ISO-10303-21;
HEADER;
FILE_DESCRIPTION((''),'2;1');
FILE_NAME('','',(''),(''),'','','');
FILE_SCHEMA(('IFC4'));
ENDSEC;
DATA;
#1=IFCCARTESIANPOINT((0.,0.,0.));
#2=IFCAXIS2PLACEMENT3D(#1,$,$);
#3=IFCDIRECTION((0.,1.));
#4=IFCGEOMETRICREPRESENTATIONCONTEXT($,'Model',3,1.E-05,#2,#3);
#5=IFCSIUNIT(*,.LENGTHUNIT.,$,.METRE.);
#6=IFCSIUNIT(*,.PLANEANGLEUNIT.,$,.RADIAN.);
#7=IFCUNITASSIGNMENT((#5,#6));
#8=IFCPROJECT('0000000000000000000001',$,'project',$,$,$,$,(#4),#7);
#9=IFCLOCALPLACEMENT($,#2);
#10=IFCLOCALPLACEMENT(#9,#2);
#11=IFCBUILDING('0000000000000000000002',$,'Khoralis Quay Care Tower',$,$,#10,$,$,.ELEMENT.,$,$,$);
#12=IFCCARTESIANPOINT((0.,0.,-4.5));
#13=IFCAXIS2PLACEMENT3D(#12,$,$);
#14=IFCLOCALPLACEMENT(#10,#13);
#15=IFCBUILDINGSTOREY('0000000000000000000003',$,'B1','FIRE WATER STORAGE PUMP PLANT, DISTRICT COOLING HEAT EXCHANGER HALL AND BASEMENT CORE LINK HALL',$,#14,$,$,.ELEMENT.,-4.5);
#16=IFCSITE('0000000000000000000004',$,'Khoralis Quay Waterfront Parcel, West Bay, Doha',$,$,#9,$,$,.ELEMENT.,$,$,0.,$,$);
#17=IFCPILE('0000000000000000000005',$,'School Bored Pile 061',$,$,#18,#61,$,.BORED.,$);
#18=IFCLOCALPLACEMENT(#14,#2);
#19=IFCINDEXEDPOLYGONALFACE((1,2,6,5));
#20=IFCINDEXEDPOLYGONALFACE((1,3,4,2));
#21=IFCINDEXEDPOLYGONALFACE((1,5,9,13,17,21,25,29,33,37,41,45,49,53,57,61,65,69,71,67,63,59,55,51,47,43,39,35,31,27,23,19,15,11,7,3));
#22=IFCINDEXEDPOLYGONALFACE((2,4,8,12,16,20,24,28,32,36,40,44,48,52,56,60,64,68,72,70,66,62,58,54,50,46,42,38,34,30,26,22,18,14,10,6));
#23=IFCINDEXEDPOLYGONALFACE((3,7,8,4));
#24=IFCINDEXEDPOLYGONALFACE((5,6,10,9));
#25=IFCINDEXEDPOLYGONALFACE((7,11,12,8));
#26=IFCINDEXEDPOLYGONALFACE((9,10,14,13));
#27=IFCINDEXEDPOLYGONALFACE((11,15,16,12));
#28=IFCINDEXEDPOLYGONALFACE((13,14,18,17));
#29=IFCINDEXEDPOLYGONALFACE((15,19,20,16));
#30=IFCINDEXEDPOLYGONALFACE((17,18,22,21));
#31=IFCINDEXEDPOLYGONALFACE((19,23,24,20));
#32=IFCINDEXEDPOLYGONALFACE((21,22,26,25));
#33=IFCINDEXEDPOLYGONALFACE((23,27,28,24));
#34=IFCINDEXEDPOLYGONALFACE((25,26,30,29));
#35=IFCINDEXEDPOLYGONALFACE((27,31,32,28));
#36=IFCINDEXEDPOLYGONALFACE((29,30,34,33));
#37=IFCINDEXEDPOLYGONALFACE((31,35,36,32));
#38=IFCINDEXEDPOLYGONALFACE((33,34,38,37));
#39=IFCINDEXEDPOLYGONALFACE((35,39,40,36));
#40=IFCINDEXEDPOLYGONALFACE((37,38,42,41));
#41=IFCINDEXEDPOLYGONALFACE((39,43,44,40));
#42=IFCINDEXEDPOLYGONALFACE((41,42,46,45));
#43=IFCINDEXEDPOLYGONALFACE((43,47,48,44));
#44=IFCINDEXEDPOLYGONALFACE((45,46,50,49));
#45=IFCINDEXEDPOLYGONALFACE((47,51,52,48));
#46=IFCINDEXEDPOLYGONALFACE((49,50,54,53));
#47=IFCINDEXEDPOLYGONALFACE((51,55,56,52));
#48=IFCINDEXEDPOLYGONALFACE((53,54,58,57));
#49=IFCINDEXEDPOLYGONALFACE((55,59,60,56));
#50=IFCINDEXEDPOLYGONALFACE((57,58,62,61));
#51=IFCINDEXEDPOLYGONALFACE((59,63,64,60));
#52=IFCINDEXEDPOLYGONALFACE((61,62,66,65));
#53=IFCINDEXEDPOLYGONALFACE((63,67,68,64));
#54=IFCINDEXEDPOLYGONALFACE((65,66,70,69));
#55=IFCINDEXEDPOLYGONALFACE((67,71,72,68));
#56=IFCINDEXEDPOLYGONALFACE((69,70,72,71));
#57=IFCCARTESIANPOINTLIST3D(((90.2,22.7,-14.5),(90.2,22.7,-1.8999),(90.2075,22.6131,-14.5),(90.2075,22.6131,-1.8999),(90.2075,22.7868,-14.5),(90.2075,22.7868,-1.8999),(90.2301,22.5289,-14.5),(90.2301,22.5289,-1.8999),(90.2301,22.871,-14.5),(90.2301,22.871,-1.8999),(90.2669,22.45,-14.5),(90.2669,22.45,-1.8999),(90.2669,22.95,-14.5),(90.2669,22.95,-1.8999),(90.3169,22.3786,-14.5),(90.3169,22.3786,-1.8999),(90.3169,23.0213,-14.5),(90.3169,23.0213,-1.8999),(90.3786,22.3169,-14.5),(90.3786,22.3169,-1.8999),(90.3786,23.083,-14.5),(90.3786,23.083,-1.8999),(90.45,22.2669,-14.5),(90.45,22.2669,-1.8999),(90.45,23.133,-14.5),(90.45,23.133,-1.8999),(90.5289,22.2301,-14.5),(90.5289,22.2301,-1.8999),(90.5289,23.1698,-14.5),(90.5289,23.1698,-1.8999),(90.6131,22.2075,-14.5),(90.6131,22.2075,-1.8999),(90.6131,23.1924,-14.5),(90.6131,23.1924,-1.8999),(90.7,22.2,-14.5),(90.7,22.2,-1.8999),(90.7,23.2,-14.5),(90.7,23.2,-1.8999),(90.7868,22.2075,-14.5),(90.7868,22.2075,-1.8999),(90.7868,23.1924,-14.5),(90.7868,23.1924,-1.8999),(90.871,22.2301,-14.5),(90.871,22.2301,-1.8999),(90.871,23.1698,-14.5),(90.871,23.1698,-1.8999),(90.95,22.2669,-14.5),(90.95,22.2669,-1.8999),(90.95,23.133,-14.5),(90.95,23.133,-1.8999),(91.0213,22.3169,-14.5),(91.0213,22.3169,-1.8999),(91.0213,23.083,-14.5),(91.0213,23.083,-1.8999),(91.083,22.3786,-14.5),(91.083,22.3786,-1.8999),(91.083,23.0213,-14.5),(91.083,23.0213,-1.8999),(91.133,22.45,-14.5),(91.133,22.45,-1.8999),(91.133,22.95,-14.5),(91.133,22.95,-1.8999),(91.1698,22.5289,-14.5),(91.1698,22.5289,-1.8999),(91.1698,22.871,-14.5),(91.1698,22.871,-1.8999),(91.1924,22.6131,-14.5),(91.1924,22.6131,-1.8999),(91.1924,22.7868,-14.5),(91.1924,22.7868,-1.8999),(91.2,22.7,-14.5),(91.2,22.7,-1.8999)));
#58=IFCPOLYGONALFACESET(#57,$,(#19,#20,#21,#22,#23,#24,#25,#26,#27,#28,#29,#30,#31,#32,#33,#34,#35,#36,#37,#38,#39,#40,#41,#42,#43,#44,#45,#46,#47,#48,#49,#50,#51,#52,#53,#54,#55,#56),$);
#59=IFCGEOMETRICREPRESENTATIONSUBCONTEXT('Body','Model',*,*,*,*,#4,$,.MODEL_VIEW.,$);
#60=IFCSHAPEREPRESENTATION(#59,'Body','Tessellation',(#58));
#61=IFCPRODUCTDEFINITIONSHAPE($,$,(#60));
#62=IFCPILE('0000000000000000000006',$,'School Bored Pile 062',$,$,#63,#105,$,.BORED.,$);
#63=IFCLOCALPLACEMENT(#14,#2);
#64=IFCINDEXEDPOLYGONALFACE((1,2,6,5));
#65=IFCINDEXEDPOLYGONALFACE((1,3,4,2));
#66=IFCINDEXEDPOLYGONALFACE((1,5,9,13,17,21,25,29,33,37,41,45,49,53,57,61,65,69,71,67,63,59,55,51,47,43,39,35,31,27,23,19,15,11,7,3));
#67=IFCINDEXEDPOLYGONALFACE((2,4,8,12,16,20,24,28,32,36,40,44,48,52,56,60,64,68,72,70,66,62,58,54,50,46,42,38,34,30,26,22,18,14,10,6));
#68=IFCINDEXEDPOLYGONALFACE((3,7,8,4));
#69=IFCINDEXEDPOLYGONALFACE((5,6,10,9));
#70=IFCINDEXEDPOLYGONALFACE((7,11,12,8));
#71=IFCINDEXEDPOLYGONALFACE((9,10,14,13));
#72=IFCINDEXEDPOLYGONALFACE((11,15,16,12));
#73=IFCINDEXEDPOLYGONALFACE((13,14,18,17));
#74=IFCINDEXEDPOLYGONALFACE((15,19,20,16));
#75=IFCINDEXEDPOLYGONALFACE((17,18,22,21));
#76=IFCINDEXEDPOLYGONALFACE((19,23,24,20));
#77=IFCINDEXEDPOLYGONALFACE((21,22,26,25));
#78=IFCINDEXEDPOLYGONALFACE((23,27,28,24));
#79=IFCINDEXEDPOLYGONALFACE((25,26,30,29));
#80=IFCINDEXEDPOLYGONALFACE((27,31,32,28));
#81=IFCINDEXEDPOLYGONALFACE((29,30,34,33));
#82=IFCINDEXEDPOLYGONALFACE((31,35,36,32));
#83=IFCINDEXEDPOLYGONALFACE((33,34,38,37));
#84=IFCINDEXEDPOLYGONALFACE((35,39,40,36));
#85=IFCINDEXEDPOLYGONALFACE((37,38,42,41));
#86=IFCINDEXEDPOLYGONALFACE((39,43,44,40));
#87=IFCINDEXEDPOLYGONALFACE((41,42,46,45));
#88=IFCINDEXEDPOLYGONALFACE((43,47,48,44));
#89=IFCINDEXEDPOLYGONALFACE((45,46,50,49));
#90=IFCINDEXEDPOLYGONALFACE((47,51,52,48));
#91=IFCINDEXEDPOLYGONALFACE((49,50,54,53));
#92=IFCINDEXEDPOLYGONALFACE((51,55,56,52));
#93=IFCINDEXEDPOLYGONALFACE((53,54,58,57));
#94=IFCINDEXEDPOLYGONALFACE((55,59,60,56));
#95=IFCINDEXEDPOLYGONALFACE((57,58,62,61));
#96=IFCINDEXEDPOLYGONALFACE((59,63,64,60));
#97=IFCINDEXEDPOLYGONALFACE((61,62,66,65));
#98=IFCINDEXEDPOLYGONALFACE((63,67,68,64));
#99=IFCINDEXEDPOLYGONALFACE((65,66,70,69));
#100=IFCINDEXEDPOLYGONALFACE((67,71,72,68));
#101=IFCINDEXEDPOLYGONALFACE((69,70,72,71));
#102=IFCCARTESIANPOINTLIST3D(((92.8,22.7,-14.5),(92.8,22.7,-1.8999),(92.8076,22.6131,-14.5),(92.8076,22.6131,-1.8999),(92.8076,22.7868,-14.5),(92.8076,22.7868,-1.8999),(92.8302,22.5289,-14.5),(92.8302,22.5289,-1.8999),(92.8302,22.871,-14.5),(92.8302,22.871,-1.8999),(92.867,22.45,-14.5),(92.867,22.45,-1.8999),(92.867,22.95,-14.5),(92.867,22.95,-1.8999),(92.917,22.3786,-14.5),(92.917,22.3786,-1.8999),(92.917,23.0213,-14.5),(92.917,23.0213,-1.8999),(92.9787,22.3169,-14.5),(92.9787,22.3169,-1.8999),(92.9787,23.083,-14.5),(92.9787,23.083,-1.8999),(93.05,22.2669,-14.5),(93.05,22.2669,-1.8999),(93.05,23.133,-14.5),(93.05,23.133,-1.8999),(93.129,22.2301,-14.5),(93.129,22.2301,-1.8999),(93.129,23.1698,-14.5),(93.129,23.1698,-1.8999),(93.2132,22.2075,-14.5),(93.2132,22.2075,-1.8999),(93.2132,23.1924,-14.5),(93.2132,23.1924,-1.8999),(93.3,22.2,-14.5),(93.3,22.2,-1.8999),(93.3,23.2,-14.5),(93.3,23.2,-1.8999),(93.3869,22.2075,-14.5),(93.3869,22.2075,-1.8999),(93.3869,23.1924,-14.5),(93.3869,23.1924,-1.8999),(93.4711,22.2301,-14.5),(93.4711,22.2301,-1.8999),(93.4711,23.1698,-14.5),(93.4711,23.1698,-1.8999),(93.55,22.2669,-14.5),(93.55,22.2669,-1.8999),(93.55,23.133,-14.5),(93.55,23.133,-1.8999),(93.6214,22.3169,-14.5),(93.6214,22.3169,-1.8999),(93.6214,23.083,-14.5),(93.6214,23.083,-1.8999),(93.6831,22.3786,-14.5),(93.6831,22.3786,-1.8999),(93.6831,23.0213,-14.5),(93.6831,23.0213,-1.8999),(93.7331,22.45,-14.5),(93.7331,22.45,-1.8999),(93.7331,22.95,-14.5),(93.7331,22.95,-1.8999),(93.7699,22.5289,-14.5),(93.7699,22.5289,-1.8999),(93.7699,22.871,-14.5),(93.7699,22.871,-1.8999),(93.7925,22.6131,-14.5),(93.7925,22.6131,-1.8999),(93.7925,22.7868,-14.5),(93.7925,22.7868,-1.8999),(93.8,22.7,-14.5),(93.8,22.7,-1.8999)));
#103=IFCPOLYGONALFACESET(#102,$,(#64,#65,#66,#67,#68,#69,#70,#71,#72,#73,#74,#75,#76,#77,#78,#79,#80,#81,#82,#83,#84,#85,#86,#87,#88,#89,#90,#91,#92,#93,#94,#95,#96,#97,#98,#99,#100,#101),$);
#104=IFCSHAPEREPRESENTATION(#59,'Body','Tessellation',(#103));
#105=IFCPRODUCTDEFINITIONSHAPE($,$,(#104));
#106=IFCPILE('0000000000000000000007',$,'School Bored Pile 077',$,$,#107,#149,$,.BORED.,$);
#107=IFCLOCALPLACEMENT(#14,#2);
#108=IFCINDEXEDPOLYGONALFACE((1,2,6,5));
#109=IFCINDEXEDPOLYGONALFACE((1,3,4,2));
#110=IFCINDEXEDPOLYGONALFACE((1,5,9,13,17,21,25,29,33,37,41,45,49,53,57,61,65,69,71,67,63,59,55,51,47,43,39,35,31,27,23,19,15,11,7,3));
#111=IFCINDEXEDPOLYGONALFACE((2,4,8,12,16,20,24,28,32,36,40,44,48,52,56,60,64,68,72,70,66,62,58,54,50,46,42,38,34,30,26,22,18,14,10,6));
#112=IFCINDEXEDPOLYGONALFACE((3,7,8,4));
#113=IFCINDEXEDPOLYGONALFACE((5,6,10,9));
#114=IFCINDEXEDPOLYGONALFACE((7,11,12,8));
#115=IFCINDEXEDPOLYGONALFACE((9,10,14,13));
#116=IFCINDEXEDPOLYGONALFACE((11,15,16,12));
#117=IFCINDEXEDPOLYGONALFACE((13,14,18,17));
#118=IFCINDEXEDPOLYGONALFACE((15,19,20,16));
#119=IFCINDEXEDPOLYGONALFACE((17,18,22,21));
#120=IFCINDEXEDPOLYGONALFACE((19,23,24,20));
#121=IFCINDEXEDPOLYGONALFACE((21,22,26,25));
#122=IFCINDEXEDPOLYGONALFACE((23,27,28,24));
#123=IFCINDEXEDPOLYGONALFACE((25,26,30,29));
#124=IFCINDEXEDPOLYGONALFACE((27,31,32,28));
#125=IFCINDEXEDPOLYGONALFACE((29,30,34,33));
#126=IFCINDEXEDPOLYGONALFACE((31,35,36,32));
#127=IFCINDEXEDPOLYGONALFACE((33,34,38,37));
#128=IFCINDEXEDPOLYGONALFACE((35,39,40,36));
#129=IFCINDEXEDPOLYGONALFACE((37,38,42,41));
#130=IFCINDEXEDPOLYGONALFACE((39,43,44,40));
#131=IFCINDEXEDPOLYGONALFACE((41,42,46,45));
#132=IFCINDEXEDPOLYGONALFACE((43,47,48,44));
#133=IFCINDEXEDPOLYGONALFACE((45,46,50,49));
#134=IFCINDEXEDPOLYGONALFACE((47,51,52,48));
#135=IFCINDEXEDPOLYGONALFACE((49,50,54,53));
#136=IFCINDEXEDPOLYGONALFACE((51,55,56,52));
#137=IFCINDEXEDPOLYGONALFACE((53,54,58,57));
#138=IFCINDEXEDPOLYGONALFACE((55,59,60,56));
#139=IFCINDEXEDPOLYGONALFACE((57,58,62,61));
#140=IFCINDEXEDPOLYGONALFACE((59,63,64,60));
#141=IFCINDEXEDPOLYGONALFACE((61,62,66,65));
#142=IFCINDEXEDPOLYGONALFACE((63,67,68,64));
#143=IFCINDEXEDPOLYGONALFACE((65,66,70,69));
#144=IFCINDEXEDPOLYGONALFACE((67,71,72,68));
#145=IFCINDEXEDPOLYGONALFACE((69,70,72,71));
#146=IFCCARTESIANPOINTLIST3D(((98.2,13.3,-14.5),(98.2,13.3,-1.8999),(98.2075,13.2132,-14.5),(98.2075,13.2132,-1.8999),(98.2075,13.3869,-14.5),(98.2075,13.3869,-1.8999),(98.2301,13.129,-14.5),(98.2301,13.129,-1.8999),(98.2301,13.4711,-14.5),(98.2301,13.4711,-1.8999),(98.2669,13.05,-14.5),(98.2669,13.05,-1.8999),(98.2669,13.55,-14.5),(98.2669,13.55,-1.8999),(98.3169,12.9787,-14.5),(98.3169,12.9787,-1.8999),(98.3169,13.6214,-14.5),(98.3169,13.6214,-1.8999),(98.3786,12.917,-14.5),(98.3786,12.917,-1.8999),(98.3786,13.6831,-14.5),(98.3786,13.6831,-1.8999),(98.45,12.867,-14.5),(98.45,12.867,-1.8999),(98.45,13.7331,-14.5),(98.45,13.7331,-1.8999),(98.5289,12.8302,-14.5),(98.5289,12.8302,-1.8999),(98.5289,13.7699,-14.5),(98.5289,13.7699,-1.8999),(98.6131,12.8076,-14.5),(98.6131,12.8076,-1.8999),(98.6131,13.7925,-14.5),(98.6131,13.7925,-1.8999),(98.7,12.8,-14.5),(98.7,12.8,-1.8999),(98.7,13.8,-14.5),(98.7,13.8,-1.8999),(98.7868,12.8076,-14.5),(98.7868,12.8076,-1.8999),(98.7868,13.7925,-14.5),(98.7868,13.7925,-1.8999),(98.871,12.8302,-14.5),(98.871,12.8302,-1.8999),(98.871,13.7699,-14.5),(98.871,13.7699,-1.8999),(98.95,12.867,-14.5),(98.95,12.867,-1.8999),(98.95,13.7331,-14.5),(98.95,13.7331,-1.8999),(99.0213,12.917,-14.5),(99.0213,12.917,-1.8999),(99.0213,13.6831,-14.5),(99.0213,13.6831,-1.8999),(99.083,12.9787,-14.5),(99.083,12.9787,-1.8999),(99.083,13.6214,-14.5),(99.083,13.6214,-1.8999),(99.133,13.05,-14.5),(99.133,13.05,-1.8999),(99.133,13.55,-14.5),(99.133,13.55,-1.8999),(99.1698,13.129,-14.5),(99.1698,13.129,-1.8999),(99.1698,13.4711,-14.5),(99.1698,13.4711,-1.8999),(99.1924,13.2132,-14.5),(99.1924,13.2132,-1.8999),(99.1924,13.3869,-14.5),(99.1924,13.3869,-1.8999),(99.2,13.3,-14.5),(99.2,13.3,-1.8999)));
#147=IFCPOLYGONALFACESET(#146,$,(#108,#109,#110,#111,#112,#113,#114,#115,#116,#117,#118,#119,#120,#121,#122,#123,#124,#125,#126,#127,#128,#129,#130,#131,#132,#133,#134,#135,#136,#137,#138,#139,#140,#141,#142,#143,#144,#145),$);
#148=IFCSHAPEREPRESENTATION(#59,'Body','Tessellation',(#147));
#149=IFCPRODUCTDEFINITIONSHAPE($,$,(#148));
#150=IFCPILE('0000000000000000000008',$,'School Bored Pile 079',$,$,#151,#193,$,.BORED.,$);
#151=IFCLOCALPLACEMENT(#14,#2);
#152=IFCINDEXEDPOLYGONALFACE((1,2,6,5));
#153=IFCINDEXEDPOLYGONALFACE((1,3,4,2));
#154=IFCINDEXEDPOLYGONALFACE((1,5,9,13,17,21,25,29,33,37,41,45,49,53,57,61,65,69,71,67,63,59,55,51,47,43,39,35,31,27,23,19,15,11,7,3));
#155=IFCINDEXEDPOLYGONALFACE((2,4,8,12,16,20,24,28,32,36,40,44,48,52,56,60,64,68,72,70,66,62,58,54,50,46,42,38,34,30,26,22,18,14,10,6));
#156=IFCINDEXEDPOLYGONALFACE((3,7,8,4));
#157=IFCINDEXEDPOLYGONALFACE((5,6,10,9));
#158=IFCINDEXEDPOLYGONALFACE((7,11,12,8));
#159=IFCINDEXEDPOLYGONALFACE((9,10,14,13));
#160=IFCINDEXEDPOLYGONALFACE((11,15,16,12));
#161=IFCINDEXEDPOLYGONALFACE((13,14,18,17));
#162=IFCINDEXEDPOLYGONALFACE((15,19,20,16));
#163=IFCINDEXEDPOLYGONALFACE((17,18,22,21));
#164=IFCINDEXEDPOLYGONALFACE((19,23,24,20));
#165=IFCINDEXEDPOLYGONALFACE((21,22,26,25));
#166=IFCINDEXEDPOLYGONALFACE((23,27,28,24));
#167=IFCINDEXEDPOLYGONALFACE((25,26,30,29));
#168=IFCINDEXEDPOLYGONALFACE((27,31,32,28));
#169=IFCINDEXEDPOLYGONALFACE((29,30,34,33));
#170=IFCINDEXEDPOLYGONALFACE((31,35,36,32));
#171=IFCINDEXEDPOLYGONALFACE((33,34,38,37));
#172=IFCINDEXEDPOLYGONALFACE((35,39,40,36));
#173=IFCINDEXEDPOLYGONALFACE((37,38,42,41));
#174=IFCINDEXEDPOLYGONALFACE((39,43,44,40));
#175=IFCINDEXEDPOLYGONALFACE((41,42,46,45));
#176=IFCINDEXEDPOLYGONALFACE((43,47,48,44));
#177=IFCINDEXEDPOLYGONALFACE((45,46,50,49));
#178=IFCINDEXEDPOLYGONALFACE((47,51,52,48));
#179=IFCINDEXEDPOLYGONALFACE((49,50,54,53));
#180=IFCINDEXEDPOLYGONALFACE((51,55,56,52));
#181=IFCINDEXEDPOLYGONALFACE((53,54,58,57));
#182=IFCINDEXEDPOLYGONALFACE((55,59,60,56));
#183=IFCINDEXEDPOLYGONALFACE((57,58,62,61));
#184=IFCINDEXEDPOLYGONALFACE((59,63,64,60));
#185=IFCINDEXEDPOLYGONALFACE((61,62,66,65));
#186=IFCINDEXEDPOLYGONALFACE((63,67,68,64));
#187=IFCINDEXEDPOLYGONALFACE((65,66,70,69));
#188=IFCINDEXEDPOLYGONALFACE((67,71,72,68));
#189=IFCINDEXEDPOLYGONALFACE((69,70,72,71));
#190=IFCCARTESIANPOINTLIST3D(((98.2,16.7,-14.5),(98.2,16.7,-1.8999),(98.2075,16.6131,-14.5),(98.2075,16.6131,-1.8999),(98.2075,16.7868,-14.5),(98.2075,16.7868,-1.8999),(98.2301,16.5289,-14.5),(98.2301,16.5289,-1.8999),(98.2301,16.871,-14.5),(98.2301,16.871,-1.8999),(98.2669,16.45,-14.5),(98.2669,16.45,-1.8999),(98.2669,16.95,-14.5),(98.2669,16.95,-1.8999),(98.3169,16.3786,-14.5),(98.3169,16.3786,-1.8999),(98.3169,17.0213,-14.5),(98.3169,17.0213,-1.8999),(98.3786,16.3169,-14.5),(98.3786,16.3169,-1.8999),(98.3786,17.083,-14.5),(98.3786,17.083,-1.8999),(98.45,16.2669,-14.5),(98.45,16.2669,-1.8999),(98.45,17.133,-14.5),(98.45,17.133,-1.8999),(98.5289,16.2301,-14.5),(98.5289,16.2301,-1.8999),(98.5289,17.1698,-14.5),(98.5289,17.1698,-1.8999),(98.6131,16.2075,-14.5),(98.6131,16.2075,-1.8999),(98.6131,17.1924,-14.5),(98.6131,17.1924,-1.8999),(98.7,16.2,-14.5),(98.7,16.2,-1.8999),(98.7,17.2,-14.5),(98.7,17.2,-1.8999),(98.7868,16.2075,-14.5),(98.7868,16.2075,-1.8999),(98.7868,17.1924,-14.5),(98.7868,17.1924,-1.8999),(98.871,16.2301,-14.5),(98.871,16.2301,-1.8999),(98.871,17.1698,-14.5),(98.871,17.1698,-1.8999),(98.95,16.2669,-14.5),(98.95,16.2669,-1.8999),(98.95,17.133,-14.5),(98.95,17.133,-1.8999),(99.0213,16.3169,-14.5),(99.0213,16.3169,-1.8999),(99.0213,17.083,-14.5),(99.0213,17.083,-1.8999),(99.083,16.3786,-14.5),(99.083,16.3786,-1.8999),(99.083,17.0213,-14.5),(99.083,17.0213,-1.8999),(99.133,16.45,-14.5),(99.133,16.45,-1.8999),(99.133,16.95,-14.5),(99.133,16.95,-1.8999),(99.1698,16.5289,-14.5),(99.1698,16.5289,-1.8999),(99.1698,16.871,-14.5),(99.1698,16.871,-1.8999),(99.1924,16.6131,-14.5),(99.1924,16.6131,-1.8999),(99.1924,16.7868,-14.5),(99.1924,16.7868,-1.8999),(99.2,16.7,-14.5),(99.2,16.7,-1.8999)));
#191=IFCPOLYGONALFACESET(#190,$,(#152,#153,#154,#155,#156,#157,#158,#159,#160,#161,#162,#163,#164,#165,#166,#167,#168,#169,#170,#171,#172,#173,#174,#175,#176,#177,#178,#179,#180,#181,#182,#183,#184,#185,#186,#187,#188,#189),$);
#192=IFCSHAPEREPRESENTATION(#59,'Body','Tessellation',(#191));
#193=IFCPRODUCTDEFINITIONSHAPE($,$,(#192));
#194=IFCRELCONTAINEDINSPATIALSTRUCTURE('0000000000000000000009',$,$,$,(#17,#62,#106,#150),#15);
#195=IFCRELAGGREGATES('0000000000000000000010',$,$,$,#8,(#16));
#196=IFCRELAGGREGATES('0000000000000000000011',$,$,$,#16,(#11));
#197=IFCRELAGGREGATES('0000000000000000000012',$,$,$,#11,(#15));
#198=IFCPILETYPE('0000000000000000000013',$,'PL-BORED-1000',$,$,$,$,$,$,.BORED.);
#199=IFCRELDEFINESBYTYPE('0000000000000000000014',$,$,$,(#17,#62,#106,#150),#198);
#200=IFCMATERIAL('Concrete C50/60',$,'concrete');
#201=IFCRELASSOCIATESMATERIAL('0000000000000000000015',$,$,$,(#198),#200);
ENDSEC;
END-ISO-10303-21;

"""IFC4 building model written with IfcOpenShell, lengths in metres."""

from ifc_helpers import new_model, si_unit, direction, frame, origin, origin_2d, place, context, subcontext, project, spatial, circle, extrude, source, transform, mapped, material, material_profile, profile_set, type_object, element, save


model = new_model("IFC4")

# Units and contexts
model_context = context("Model", 3, precision=1e-05, world=origin(), true_north=direction((0.0, 1.0)))
body_context = subcontext(model_context, "Body", "Model", "MODEL_VIEW")
ifc_project = project(units=[si_unit("LENGTHUNIT", "METRE"), si_unit("PLANEANGLEUNIT", "RADIAN")], contexts=[model_context])

# Site, building, storey
site_placement = place(None, origin())
site = spatial("IfcSite", under=ifc_project, at=site_placement, Name="Khoralis Quay Waterfront Parcel, West Bay, Doha", CompositionType="ELEMENT", RefElevation=0.0)
building_placement = place(site_placement, origin())
building = spatial("IfcBuilding", under=site, at=building_placement, Name="Khoralis Quay Care Tower", CompositionType="ELEMENT")
storey_placement = place(building_placement, frame((0.0, 0.0, -4.5)))
storey = spatial("IfcBuildingStorey", under=building, at=storey_placement, Name="B1", Description="FIRE WATER STORAGE PUMP PLANT, DISTRICT COOLING HEAT EXCHANGER HALL AND BASEMENT CORE LINK HALL", CompositionType="ELEMENT", Elevation=-4.5)

# Shared definitions
ifc_material_1 = material(Name="Concrete C50/60", Category="concrete")

# Piles
ifc_material_profile_1 = material_profile(ifc_material_1, circle(Radius=0.5, at=origin_2d()), Name="Concrete C50/60")
ifc_profile_set_1 = profile_set([ifc_material_profile_1], Name="Concrete C50/60")
pile_type = type_object("IfcPileType", Name="PL-BORED-1000", PredefinedType="BORED", material=ifc_profile_set_1)
shared_shape_1 = source(origin(), body_context, "Body", "SweptSolid", [
    extrude(circle(Radius=0.5, at=origin_2d()), origin(), (0.0, 0.0, 1.0), 12.6001),
])
for number, where, z_axis, x_axis, name in (
    (1, (90.7, 22.7, -1.8999), (0.0, 0.0, -1.0), (1.0, 0.0, 0.0), "School Bored Pile 061"),
    (2, (93.3, 22.7, -1.8999), (0.0, 0.0, -1.0), (1.0, 0.0, 0.0), "School Bored Pile 062"),
    (3, (98.7, 13.3, -1.8999), (0.0, 0.0, -1.0), (1.0, 0.0, 0.0), "School Bored Pile 077"),
    (4, (98.7, 16.7, -1.8999), (0.0, 0.0, -1.0), (1.0, 0.0, 0.0), "School Bored Pile 079"),
):
    element("IfcPile", number, at=place(storey_placement, frame(where, z_axis=z_axis, x_axis=x_axis)), inside=storey, type_object=pile_type, Name=name, PredefinedType="BORED", context=body_context, shape_type="MappedRepresentation", body=[
        mapped(shared_shape_1, transform((0.0, 0.0, 0.0), scale=1.0)),
    ])

save(model, "model.ifc")
